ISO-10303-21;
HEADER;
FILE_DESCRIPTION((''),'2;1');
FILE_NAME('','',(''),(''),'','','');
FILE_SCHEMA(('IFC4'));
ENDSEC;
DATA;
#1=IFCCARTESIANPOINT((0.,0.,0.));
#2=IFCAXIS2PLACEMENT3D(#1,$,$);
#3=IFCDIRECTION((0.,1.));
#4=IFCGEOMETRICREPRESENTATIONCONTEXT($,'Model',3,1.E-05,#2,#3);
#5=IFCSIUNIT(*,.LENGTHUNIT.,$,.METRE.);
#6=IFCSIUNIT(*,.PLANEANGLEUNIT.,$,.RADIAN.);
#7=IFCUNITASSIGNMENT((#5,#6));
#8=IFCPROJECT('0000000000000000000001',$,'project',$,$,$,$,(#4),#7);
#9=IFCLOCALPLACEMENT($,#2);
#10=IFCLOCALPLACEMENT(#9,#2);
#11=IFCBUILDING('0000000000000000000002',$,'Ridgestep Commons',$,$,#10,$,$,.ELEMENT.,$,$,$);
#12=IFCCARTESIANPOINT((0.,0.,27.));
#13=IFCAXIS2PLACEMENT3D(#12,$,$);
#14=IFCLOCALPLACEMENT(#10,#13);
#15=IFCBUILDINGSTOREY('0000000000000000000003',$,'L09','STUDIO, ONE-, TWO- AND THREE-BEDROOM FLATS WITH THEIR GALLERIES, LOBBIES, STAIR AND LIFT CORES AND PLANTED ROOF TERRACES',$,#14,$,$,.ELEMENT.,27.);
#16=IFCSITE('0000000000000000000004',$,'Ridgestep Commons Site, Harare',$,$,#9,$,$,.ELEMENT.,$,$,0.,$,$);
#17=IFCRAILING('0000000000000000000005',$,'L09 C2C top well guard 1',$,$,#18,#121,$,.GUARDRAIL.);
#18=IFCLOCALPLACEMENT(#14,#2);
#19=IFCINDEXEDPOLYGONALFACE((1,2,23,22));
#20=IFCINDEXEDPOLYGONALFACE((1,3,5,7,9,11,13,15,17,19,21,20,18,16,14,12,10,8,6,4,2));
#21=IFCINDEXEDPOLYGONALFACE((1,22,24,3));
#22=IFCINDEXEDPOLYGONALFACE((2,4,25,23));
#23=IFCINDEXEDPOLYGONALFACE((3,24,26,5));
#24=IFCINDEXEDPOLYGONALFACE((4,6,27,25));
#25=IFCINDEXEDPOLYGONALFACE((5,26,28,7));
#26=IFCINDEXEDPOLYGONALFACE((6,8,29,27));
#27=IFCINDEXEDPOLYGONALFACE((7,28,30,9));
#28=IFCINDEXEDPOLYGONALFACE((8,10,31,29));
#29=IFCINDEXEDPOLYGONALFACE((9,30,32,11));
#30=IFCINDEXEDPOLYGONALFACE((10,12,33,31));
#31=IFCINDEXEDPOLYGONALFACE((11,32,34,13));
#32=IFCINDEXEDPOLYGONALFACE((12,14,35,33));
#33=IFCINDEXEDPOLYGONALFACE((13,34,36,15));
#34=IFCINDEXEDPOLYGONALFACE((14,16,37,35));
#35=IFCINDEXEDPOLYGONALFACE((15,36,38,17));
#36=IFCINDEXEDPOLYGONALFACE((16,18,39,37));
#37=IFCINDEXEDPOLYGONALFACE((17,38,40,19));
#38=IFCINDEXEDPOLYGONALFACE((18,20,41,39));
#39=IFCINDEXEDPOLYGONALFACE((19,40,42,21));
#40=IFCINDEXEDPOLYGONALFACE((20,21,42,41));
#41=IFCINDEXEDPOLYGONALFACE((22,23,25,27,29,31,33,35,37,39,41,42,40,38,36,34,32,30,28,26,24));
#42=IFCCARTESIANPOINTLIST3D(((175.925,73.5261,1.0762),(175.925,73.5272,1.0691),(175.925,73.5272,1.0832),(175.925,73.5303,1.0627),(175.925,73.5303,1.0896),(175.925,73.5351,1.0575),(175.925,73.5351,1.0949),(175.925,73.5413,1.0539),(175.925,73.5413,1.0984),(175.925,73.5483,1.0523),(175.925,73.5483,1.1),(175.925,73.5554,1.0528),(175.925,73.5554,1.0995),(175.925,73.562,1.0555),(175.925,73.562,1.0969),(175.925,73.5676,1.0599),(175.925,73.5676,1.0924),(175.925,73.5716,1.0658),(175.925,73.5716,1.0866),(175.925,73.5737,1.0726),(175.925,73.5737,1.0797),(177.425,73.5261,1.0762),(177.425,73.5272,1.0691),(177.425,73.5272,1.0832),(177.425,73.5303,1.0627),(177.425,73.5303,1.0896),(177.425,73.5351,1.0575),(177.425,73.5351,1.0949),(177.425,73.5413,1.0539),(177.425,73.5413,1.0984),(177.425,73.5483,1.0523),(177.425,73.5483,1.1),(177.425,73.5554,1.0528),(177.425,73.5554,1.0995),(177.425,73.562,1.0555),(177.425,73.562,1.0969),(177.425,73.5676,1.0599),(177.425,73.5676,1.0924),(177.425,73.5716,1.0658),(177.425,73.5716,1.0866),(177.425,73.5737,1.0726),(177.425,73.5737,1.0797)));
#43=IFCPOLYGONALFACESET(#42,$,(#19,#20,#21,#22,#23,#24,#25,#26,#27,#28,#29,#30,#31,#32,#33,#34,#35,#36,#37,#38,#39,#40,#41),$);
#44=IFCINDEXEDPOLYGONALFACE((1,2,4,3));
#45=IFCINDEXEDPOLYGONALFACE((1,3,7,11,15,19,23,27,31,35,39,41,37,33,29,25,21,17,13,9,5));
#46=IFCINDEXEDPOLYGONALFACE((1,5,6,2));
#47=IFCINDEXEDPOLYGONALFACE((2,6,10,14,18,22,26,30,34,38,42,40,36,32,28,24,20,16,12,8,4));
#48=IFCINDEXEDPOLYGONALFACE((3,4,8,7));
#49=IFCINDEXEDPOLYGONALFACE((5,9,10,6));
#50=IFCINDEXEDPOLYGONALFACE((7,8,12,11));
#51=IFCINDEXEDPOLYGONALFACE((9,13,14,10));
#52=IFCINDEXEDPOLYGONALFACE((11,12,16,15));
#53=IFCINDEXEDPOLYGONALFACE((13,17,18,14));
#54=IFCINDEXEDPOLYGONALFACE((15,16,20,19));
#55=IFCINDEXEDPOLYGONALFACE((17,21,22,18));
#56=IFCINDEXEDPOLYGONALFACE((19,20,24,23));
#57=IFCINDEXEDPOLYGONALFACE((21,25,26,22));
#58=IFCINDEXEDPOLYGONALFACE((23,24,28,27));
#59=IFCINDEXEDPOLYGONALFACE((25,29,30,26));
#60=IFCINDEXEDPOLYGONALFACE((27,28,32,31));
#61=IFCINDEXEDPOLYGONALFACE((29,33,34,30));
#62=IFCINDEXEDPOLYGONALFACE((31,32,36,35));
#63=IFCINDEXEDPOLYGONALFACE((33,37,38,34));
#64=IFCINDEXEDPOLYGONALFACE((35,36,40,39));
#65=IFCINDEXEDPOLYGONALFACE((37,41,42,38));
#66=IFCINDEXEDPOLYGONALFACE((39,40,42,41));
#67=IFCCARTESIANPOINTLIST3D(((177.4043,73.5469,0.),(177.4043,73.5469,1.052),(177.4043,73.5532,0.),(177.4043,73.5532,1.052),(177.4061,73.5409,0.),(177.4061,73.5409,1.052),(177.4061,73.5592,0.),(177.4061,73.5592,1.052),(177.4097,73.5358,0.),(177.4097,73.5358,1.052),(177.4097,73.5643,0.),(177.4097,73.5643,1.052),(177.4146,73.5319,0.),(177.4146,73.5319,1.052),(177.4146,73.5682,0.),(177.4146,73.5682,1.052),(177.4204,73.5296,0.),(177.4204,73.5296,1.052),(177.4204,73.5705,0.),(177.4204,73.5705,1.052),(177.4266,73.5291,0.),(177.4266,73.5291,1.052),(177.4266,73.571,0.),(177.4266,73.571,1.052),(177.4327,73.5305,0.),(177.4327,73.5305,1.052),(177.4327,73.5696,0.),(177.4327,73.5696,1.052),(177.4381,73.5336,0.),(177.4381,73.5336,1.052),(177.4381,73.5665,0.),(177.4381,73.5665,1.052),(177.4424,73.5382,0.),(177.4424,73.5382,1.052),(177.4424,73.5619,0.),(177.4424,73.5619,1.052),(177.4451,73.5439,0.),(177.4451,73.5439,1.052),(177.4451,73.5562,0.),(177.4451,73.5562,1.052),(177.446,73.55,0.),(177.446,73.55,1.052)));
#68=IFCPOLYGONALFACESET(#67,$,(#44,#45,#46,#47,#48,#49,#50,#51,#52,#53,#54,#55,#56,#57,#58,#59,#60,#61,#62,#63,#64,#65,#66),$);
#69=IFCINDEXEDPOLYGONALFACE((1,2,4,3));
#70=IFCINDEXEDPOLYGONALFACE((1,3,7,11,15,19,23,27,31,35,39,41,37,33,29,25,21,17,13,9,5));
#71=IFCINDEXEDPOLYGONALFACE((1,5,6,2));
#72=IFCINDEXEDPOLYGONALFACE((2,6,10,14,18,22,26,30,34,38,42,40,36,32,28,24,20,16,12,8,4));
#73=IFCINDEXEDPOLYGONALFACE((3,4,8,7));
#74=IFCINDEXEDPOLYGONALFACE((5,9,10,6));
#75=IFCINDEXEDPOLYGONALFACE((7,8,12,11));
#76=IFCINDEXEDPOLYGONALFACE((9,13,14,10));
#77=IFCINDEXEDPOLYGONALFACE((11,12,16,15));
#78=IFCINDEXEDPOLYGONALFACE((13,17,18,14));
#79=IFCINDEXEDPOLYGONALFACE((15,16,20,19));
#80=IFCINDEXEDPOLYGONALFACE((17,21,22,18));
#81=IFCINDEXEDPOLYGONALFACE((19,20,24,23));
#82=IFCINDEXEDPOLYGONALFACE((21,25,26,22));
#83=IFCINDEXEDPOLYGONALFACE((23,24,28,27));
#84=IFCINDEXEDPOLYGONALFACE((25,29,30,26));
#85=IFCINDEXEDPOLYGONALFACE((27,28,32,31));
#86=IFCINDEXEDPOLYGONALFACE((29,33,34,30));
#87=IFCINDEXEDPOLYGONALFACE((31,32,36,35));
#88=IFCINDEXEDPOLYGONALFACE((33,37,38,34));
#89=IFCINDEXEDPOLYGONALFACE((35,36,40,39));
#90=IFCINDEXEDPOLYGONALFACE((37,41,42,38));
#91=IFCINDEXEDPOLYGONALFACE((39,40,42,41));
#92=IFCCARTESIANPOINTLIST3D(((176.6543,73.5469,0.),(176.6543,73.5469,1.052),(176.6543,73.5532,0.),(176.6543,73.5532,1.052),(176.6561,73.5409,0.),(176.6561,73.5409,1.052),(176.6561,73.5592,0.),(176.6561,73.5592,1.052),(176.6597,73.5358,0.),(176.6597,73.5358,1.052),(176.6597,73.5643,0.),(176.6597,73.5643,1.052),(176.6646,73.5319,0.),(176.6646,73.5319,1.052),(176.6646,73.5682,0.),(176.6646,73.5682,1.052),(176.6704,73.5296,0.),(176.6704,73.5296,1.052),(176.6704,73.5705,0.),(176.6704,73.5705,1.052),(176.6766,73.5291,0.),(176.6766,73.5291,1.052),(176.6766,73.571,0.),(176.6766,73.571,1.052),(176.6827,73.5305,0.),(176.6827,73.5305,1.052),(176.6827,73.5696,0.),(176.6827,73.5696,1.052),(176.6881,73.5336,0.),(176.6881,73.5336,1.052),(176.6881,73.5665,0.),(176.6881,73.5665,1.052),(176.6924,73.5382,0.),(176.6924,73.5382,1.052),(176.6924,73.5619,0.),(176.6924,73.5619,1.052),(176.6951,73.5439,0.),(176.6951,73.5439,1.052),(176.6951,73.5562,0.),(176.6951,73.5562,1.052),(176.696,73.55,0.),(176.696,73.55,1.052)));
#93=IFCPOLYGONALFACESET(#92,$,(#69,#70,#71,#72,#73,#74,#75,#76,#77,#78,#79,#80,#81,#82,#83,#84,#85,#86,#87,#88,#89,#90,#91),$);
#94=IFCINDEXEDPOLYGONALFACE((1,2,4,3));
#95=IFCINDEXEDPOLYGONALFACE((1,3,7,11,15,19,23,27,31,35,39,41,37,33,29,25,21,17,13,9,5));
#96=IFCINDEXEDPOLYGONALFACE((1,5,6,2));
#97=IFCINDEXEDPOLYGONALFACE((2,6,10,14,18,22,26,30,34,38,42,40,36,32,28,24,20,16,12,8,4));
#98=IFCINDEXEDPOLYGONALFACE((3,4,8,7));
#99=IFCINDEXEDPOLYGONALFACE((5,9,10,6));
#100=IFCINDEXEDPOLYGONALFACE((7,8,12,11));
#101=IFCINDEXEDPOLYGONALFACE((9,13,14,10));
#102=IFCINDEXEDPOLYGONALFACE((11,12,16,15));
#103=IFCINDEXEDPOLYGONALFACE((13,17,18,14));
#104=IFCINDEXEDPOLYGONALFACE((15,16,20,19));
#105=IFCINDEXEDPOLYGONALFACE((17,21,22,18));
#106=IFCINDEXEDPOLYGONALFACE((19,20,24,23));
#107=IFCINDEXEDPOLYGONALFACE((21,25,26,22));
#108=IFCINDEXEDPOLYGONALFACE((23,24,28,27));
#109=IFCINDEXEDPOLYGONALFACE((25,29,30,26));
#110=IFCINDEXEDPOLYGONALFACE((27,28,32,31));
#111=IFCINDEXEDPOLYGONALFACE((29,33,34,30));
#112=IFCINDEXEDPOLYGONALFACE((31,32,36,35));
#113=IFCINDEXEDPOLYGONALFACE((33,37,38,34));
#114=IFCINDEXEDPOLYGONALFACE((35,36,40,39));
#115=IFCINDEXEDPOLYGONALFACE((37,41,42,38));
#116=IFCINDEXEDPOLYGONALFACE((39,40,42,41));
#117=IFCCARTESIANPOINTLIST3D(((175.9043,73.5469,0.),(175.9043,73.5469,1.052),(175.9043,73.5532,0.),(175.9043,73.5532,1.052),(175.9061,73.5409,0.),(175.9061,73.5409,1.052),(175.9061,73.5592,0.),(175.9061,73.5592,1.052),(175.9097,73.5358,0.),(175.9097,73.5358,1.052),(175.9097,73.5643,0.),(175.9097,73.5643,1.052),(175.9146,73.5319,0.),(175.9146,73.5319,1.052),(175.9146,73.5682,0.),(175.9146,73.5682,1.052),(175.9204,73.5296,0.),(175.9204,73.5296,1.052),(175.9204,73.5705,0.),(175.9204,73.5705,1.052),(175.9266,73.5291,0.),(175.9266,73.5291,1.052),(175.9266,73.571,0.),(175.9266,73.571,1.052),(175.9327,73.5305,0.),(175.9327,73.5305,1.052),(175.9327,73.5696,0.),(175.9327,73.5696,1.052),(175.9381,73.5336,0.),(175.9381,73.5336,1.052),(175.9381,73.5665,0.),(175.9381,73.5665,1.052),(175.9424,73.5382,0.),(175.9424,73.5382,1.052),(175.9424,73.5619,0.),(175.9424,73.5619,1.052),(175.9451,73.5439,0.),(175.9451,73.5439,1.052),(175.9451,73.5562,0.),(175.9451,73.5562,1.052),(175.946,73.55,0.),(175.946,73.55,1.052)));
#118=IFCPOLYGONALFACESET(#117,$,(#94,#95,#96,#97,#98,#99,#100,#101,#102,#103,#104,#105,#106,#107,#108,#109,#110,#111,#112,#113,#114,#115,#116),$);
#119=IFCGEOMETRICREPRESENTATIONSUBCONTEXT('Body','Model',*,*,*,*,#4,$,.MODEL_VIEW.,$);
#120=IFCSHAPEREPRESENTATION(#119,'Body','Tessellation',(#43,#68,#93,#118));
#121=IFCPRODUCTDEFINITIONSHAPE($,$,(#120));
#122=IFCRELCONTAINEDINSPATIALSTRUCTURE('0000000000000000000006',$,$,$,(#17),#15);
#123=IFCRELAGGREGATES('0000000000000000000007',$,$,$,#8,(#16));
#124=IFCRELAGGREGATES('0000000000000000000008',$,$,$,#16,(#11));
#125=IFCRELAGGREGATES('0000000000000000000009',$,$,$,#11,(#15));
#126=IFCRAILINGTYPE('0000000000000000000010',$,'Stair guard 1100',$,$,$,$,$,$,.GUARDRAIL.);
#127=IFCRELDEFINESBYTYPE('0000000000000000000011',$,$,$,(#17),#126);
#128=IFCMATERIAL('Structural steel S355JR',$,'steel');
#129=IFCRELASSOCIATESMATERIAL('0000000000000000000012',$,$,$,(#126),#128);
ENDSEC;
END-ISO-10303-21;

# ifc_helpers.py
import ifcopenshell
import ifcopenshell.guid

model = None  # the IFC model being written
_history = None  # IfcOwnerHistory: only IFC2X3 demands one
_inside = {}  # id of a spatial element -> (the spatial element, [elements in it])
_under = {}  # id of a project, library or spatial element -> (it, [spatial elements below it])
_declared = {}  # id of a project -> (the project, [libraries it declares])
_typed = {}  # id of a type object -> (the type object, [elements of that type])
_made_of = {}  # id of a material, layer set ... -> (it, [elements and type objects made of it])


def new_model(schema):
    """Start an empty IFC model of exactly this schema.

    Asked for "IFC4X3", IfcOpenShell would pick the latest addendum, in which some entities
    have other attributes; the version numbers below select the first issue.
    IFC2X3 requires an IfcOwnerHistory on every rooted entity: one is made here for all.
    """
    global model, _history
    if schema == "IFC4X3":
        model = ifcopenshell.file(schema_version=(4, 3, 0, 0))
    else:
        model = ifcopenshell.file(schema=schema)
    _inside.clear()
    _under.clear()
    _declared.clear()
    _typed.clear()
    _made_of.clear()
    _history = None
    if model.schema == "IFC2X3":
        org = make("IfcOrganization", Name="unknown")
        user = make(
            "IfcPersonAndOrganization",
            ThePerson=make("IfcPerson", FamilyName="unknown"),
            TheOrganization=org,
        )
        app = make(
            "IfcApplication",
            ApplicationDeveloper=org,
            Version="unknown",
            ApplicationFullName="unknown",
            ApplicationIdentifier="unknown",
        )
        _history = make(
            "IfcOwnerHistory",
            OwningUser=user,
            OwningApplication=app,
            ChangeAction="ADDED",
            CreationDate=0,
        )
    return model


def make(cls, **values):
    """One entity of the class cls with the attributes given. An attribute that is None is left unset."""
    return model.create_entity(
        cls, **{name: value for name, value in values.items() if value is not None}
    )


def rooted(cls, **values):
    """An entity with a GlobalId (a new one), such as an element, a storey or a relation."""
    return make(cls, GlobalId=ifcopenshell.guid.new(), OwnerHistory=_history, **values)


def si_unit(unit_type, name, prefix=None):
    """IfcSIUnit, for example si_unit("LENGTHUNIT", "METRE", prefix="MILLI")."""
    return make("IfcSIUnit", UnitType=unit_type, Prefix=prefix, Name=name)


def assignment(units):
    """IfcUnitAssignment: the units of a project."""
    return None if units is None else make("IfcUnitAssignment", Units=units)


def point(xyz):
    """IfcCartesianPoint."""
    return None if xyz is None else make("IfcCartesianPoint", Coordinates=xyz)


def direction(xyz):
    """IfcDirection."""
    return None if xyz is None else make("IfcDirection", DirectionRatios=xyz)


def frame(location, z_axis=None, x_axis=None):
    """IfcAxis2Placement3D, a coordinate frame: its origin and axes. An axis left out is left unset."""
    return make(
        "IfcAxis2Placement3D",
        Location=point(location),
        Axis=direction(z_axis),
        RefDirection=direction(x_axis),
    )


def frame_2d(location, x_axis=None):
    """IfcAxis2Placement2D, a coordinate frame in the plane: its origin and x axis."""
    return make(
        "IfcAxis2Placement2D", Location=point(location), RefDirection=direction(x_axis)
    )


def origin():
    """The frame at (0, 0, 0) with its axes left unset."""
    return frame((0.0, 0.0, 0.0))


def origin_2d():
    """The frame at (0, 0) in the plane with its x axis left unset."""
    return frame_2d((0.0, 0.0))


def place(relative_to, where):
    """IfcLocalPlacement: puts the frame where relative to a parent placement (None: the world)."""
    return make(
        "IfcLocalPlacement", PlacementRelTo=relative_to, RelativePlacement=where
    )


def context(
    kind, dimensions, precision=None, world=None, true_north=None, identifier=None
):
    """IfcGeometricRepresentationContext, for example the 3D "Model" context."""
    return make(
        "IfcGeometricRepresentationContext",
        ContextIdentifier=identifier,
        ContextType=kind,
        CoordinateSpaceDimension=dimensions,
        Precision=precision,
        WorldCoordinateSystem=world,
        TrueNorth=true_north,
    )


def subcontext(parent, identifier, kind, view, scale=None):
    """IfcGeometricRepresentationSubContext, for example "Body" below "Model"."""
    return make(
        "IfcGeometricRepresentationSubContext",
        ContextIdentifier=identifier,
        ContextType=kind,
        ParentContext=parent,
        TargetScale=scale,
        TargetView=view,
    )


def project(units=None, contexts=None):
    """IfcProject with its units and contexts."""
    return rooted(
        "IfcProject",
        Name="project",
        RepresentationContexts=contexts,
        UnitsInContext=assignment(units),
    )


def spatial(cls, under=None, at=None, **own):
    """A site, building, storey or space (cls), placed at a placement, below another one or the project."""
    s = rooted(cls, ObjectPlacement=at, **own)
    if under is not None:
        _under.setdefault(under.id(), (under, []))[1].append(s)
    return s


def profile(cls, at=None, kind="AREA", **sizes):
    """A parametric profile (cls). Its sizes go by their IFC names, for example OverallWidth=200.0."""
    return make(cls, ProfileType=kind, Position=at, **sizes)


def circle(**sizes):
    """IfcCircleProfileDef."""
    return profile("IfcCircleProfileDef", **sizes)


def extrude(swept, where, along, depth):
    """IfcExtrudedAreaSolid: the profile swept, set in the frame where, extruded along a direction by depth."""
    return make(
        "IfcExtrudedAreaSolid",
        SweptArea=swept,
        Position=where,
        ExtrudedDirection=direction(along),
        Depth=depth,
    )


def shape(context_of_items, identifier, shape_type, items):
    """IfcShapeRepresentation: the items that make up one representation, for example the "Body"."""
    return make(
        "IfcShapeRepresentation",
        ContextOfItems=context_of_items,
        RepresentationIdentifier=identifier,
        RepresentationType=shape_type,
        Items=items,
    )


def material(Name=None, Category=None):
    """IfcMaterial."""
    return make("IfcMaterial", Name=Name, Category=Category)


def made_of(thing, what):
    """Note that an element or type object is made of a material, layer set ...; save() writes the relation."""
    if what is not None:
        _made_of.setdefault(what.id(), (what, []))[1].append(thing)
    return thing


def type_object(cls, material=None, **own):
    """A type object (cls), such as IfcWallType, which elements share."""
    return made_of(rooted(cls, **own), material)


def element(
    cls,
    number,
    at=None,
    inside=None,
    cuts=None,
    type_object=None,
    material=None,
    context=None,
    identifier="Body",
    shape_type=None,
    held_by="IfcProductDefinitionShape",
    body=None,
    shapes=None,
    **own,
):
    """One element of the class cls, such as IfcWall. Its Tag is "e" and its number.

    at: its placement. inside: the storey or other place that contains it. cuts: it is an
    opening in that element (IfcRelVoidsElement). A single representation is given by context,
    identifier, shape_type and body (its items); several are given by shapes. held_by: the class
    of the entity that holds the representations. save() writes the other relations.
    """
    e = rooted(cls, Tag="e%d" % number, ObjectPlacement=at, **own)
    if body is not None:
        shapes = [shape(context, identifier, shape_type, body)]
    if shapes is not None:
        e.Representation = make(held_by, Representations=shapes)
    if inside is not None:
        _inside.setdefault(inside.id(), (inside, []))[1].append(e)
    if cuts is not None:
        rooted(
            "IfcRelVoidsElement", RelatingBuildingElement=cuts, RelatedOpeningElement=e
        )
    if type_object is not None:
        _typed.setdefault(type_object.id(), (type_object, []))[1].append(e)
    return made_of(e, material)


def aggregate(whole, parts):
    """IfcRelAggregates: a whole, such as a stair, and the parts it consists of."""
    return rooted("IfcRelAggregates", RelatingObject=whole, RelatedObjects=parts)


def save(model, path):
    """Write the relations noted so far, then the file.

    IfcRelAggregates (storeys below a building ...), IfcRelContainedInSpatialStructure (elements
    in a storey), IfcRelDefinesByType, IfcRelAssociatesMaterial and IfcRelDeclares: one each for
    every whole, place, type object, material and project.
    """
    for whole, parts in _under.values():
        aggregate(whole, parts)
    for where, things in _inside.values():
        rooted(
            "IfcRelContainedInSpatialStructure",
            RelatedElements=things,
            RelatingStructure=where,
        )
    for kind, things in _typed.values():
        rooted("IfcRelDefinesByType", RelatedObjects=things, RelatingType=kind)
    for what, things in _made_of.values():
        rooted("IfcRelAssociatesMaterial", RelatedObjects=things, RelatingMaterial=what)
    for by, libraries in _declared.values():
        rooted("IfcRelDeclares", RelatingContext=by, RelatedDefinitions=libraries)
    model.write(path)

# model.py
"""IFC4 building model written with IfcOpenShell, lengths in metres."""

from ifc_helpers import new_model, si_unit, direction, frame, origin, origin_2d, place, context, subcontext, project, spatial, circle, extrude, material, type_object, element, save


model = new_model("IFC4")

# Units and contexts
model_context = context("Model", 3, precision=1e-05, world=origin(), true_north=direction((0.0, 1.0)))
body_context = subcontext(model_context, "Body", "Model", "MODEL_VIEW")
ifc_project = project(units=[si_unit("LENGTHUNIT", "METRE"), si_unit("PLANEANGLEUNIT", "RADIAN")], contexts=[model_context])

# Site, building, storey
site_placement = place(None, origin())
site = spatial("IfcSite", under=ifc_project, at=site_placement, Name="Ridgestep Commons Site, Harare", CompositionType="ELEMENT", RefElevation=0.0)
building_placement = place(site_placement, origin())
building = spatial("IfcBuilding", under=site, at=building_placement, Name="Ridgestep Commons", CompositionType="ELEMENT")
storey_placement = place(building_placement, frame((0.0, 0.0, 27.0)))
storey = spatial("IfcBuildingStorey", under=building, at=storey_placement, Name="L09", Description="STUDIO, ONE-, TWO- AND THREE-BEDROOM FLATS WITH THEIR GALLERIES, LOBBIES, STAIR AND LIFT CORES AND PLANTED ROOF TERRACES", CompositionType="ELEMENT", Elevation=27.0)

# Railing
ifc_material_1 = material(Name="Structural steel S355JR", Category="steel")
railing_type_1 = type_object("IfcRailingType", Name="Stair guard 1100", PredefinedType="GUARDRAIL", material=ifc_material_1)
railing_1_placement = place(storey_placement, frame((177.425, 73.55, 0.0)))
element("IfcRailing", 1, at=railing_1_placement, inside=storey, type_object=railing_type_1, Name="L09 C2C top well guard 1", PredefinedType="GUARDRAIL", context=body_context, shape_type="SweptSolid", body=[
    extrude(circle(Radius=0.0239, at=origin_2d()), frame((0.0, 0.0, 1.0762), z_axis=(-1.0, 0.0, 0.0), x_axis=(0.0, -1.0, 0.0)), (0.0, 0.0, 1.0), 1.5),
    extrude(circle(Radius=0.021, at=origin_2d()), origin(), (0.0, 0.0, 1.0), 1.052),
    extrude(circle(Radius=0.021, at=origin_2d()), frame((-0.75, 0.0, 0.0)), (0.0, 0.0, 1.0), 1.052),
    extrude(circle(Radius=0.021, at=origin_2d()), frame((-1.5, 0.0, 0.0)), (0.0, 0.0, 1.0), 1.052),
])

save(model, "model.ifc")
